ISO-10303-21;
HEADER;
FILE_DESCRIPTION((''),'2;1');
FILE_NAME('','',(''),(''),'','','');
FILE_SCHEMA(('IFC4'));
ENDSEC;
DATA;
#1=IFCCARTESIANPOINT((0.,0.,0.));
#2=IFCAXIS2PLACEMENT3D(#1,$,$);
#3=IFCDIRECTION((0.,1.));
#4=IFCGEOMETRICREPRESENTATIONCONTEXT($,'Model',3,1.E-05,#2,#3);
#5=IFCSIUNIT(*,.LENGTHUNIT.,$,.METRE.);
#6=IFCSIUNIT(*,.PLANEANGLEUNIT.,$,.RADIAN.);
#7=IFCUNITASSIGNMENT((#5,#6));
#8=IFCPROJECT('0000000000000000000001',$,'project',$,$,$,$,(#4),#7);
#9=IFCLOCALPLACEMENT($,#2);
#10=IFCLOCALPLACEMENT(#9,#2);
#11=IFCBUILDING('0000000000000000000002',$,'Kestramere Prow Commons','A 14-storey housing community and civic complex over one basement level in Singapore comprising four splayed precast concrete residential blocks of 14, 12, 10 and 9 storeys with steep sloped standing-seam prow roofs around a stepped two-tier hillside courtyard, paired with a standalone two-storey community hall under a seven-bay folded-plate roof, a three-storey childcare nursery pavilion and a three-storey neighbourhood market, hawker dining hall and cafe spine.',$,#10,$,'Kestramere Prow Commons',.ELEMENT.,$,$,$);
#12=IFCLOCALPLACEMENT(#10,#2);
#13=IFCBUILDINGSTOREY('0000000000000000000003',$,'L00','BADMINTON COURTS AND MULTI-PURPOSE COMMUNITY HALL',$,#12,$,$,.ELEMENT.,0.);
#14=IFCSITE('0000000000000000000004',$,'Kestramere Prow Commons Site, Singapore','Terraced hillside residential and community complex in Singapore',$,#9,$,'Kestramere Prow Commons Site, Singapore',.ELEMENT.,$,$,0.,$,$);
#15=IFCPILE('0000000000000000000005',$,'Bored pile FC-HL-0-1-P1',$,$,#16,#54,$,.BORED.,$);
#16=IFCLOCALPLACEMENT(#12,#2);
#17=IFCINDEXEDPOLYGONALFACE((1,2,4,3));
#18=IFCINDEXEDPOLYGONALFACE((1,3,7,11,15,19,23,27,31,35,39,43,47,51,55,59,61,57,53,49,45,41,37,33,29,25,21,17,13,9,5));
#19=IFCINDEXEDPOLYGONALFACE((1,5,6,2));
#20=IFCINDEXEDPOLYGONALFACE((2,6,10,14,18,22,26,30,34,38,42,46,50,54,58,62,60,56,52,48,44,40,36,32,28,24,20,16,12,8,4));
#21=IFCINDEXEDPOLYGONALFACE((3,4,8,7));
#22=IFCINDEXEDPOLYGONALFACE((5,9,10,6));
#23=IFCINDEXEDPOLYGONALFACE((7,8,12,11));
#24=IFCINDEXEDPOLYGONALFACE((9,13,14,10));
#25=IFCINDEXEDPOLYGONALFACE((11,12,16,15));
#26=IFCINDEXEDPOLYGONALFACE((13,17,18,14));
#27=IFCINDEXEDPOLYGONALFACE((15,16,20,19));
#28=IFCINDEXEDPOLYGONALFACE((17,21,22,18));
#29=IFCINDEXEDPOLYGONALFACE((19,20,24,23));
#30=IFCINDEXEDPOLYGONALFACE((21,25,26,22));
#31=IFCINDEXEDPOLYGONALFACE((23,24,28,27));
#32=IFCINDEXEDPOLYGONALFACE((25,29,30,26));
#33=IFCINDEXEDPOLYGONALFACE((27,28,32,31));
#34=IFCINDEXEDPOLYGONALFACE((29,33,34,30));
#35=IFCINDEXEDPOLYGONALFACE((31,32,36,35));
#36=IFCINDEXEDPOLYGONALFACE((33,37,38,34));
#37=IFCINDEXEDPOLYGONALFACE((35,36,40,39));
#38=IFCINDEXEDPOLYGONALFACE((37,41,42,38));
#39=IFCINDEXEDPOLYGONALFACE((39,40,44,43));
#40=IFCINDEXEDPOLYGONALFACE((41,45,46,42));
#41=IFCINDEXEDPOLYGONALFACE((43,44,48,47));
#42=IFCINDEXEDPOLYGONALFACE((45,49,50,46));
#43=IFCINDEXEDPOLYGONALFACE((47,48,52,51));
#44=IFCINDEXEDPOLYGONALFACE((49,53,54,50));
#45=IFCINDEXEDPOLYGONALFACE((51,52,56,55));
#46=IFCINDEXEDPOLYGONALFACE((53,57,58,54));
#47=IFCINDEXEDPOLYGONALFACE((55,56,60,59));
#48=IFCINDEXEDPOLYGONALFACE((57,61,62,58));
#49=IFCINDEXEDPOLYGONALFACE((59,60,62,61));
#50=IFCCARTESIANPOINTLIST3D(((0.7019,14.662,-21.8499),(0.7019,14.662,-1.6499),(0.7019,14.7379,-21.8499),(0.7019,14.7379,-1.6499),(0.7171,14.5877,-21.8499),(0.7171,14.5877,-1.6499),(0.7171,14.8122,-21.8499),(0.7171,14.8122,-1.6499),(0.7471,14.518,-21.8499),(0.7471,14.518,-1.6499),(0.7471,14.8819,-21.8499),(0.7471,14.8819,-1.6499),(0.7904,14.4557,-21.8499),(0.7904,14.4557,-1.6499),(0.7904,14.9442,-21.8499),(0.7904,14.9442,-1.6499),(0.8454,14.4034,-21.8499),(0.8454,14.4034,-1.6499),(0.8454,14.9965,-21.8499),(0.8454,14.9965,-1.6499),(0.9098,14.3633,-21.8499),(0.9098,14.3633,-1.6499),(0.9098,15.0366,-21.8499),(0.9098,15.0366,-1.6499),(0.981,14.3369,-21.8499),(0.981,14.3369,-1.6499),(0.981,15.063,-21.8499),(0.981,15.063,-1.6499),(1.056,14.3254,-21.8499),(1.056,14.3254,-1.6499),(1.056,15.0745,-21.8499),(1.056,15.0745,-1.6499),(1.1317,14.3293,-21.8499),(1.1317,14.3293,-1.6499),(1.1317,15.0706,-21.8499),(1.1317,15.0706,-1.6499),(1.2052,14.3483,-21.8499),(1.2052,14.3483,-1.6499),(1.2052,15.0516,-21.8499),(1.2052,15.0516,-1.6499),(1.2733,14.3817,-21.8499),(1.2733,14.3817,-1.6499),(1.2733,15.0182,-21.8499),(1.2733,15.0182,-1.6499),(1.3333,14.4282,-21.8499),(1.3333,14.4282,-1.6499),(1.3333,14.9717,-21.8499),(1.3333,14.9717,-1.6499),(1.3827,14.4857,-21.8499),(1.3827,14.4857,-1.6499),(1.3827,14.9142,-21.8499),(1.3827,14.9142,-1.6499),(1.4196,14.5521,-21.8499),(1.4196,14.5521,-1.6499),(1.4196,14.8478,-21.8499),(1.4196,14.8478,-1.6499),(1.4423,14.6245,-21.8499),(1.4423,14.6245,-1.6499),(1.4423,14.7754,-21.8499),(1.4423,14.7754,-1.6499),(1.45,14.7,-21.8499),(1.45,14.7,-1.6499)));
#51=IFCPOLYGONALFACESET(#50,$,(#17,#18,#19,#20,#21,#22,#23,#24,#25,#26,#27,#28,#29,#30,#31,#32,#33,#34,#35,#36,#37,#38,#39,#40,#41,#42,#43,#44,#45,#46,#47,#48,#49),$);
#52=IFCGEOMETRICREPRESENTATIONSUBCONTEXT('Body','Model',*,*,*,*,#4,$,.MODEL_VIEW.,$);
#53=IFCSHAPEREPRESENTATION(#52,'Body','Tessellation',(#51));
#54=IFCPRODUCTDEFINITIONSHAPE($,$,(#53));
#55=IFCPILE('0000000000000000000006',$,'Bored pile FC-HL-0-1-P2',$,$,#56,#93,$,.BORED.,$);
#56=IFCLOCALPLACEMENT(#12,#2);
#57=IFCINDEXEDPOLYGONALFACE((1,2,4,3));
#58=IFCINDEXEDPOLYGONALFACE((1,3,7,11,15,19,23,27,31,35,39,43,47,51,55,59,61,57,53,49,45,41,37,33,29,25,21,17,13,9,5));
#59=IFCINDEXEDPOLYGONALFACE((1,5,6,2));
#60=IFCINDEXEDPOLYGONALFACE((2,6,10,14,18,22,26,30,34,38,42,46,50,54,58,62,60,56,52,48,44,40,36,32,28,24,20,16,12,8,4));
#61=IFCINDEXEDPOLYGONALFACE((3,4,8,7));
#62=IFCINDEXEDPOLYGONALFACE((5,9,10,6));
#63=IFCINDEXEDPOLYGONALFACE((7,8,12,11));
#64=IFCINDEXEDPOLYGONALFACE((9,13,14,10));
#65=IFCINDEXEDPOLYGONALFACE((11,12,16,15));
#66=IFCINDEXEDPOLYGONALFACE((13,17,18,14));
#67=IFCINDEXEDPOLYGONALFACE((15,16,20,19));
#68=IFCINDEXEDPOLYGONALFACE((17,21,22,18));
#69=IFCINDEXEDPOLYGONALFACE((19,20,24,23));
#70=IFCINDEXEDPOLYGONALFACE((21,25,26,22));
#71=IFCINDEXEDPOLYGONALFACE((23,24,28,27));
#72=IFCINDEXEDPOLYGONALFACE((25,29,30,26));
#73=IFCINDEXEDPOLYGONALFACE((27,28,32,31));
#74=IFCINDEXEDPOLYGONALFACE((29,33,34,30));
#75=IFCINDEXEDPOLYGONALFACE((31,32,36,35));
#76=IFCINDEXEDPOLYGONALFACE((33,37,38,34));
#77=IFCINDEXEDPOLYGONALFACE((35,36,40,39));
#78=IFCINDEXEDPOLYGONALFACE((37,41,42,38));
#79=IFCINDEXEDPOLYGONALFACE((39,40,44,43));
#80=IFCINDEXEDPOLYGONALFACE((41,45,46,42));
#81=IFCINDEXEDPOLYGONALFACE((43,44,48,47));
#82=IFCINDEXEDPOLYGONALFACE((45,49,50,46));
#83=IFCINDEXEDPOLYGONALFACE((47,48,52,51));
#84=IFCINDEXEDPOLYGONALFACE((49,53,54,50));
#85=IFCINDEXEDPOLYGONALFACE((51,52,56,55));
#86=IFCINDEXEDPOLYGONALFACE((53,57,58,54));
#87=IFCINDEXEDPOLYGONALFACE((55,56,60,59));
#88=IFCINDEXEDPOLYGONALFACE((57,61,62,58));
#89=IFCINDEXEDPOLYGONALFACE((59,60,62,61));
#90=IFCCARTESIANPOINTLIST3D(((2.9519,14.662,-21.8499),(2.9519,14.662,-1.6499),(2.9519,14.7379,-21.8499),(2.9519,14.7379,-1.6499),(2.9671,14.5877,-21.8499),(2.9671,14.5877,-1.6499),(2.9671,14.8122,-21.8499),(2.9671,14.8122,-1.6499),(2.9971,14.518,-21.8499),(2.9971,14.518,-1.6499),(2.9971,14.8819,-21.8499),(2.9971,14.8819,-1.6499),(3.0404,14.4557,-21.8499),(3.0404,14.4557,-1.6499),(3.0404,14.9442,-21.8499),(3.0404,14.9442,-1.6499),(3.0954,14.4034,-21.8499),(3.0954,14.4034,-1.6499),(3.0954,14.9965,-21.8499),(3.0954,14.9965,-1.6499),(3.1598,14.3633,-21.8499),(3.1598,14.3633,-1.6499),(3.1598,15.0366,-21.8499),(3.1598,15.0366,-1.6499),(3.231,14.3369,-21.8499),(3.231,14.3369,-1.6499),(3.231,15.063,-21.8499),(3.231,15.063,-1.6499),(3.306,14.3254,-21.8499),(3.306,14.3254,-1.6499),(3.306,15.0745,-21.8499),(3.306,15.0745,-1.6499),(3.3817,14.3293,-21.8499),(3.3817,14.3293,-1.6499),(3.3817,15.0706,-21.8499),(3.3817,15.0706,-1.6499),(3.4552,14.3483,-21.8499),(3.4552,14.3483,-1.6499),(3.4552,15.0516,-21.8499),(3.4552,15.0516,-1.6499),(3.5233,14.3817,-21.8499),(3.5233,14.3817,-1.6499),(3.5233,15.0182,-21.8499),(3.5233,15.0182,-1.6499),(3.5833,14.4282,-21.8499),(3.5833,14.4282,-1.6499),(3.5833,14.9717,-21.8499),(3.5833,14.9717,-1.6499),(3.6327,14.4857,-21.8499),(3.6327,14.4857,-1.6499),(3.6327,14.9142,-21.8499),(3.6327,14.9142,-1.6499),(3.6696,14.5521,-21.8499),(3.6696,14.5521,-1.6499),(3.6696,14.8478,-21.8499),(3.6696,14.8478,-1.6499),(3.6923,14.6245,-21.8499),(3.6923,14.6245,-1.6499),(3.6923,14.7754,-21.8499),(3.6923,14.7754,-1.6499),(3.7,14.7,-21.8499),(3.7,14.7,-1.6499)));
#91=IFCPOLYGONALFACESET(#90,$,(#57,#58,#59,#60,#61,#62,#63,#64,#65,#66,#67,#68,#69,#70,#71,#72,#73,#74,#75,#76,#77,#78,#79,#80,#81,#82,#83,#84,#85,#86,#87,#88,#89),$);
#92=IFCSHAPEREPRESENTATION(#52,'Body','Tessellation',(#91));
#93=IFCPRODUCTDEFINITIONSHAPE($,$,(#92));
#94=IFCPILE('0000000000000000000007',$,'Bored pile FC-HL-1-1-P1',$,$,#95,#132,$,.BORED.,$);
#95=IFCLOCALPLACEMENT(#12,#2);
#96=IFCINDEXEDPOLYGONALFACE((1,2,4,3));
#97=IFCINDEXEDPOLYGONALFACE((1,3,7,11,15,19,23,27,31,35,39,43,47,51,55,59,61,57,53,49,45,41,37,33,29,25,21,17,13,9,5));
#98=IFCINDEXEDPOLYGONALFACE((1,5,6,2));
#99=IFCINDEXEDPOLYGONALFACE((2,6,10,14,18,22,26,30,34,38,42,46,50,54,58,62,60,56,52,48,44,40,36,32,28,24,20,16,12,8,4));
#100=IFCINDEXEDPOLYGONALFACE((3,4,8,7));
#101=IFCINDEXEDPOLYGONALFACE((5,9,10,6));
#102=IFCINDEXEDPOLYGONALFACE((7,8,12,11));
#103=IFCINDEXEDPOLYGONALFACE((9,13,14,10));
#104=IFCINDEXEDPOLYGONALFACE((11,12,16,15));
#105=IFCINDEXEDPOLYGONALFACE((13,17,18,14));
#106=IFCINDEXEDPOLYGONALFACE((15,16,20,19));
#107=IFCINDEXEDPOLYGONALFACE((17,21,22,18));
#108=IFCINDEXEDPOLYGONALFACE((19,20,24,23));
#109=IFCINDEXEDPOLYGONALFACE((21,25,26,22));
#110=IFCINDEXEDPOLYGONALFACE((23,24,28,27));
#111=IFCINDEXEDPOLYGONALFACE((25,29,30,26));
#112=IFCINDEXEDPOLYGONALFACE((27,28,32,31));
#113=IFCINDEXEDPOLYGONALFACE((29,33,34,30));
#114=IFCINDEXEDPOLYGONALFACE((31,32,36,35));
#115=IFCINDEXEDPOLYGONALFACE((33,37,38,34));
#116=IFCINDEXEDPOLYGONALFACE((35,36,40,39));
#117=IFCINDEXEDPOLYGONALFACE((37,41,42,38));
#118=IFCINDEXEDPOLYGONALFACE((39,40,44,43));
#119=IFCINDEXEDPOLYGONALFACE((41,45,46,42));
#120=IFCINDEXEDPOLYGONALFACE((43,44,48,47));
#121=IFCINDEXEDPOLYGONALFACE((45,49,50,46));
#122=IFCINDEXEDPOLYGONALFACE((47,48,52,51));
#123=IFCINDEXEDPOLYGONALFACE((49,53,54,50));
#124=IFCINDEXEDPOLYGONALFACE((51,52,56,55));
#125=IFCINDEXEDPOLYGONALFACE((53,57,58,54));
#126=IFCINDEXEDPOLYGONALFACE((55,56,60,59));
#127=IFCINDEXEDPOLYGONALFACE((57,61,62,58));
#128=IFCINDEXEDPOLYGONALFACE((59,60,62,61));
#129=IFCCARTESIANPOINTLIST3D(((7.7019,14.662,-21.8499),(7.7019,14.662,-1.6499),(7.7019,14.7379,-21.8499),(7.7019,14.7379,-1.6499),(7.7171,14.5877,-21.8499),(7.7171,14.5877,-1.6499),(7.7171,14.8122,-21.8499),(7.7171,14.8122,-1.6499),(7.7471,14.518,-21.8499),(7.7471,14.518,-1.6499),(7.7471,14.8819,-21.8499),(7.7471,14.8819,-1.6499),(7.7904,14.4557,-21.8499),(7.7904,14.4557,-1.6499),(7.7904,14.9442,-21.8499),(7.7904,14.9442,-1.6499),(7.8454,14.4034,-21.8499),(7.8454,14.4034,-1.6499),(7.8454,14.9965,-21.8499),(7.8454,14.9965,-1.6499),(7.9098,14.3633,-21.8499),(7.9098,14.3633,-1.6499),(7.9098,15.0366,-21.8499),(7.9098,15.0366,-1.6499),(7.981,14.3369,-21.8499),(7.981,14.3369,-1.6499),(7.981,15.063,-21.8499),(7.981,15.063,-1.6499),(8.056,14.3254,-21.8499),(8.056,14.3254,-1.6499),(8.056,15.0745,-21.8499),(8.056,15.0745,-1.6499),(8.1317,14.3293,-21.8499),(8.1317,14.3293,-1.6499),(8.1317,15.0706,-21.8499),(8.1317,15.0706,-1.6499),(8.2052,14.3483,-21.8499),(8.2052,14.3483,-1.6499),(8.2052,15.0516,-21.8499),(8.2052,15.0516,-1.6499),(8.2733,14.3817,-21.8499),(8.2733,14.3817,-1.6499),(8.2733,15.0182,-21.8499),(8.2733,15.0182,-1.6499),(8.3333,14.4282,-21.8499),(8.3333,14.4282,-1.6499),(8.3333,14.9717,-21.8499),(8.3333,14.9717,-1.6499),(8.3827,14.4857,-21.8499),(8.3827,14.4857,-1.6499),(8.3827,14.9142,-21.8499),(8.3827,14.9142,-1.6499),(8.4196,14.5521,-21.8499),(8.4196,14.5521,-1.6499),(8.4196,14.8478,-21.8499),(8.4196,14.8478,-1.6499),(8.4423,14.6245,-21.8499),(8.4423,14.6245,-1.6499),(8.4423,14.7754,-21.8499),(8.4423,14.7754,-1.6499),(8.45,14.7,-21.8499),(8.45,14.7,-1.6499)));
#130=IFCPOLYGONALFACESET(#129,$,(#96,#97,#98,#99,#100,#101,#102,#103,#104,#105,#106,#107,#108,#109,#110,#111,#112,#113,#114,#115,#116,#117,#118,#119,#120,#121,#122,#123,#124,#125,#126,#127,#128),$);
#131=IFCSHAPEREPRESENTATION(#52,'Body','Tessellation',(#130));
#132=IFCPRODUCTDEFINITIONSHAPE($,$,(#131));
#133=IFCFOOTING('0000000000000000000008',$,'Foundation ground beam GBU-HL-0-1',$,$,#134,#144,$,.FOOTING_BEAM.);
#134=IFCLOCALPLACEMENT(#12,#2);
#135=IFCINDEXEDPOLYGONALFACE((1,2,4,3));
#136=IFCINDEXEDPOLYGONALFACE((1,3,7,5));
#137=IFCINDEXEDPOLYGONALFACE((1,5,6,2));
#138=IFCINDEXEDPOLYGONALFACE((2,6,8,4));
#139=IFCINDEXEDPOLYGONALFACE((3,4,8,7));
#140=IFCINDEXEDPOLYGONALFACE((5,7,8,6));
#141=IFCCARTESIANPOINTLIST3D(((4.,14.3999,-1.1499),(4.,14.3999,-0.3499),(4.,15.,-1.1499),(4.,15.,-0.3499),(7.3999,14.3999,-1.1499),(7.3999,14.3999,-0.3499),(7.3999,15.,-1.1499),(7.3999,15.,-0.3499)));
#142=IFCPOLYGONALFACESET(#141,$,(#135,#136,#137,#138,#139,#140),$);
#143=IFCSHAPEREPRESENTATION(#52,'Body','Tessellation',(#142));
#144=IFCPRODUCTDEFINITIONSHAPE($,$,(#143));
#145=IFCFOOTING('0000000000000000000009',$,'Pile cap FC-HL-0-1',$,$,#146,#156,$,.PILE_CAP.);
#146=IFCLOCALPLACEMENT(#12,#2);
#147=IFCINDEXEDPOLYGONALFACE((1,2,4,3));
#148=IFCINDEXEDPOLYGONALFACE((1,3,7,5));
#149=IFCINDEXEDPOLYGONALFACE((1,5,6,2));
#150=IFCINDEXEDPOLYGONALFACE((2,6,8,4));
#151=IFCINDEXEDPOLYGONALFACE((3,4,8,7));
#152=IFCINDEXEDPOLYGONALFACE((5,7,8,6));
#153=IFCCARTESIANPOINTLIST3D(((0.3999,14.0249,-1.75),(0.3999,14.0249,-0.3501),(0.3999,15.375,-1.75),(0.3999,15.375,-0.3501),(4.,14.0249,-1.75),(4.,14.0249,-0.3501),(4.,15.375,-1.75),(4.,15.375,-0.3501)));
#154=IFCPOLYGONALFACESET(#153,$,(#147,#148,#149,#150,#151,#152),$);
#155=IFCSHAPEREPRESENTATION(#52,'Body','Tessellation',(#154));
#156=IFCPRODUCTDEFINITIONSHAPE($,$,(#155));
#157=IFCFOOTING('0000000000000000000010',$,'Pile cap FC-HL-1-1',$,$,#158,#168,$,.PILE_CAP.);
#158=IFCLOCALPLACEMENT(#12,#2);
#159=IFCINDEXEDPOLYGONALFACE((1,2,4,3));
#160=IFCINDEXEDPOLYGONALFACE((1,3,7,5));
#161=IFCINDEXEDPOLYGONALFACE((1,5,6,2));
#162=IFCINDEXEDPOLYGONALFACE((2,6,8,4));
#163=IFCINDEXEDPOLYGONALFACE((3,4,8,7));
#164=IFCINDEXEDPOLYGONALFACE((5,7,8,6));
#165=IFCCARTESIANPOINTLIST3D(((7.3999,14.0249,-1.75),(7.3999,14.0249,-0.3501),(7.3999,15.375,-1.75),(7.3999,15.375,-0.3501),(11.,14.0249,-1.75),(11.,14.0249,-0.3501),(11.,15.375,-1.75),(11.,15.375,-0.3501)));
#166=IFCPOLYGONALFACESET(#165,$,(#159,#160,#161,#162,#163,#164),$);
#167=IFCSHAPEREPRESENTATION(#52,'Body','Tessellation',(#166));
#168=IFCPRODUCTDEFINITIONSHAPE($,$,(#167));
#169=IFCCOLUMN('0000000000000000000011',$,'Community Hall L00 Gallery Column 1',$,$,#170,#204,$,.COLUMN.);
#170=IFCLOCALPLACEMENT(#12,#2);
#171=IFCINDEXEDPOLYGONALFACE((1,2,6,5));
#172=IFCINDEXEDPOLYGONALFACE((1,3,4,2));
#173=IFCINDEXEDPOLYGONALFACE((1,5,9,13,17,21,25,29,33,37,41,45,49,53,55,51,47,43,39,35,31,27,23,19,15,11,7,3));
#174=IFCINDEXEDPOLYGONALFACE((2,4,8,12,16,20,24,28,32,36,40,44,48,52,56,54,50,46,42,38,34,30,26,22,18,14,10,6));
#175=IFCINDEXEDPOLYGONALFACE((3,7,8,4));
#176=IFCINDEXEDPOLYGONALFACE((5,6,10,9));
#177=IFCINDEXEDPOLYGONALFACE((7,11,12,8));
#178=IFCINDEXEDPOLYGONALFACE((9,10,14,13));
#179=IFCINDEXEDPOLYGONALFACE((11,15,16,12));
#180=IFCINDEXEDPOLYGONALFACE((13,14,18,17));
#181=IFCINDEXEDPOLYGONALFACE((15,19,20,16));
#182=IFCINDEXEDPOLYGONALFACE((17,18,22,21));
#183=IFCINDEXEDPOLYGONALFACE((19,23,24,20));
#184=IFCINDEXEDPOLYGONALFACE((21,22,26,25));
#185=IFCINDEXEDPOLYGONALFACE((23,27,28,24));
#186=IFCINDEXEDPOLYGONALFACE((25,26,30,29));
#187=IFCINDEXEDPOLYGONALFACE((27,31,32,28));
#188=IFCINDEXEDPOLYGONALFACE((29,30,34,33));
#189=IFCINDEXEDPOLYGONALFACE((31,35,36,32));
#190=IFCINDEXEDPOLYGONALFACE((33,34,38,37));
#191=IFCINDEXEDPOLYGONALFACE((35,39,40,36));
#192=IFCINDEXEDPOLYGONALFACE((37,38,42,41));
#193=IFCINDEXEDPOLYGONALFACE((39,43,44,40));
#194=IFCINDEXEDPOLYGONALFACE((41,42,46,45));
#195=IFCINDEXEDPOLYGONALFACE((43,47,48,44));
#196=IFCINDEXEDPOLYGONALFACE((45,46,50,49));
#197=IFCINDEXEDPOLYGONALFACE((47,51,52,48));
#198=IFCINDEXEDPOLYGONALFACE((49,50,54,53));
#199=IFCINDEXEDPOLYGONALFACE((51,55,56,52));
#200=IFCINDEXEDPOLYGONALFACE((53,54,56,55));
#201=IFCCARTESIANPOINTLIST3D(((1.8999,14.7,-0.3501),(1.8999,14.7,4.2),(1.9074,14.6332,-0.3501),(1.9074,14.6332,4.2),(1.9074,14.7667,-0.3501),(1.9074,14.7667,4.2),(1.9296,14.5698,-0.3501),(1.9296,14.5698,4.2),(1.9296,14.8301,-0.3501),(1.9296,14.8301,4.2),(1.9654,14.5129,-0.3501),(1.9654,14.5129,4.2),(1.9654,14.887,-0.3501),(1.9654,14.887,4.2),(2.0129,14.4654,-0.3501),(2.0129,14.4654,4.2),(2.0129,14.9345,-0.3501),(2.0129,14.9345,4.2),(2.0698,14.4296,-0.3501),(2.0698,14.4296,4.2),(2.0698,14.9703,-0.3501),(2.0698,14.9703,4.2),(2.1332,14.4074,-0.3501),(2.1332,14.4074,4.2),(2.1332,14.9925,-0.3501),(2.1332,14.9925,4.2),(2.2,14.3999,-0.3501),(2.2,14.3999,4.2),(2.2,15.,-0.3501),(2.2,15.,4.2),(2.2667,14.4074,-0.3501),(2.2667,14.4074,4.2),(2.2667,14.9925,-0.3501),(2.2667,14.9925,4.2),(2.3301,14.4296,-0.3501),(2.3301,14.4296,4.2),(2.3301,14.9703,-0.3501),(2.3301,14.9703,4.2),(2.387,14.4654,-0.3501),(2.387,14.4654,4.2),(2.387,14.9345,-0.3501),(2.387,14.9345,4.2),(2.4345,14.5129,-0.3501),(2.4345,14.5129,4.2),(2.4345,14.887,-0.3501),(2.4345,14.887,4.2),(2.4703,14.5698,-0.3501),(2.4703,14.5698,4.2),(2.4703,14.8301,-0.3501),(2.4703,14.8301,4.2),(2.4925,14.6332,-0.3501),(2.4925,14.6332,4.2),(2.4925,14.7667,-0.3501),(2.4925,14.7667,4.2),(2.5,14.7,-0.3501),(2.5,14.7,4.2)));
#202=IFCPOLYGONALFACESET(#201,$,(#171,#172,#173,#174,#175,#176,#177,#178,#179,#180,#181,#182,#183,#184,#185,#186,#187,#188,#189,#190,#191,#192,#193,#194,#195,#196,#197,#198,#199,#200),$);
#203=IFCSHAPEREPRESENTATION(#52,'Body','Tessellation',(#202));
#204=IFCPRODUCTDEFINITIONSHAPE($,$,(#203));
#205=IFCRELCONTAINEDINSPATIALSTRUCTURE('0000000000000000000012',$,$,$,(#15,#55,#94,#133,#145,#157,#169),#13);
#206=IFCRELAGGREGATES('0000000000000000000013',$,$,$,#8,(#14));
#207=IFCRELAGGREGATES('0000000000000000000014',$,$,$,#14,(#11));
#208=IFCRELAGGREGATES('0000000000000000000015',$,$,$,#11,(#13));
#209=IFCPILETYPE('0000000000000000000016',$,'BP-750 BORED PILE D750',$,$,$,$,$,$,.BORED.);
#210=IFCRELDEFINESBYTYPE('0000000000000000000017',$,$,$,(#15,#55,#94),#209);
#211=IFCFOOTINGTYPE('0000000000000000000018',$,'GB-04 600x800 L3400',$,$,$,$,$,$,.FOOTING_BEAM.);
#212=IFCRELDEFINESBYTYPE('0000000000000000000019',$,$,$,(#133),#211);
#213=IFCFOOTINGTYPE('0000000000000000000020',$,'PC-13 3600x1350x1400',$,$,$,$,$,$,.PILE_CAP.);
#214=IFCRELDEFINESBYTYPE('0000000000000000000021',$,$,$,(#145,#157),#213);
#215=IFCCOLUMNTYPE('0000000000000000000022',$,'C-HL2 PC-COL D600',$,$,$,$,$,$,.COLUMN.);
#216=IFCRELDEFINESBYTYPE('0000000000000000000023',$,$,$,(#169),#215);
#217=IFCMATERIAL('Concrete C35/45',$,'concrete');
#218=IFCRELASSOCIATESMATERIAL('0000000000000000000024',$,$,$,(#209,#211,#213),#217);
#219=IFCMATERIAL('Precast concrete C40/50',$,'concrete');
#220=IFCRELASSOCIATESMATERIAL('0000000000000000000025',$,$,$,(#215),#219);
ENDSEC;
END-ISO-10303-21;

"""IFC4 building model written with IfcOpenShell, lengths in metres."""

from ifc_helpers import new_model, si_unit, direction, frame, origin, origin_2d, place, context, subcontext, project, spatial, rectangle, circle, extrude, material, material_profile, profile_set, type_object, element, save


model = new_model("IFC4")

# Units and contexts
model_context = context("Model", 3, precision=1e-05, world=origin(), true_north=direction((0.0, 1.0)))
body_context = subcontext(model_context, "Body", "Model", "MODEL_VIEW")
ifc_project = project(units=[si_unit("LENGTHUNIT", "METRE"), si_unit("PLANEANGLEUNIT", "RADIAN")], contexts=[model_context])

# Site, building, storey
site_placement = place(None, origin())
site = spatial("IfcSite", under=ifc_project, at=site_placement, Name="Kestramere Prow Commons Site, Singapore", Description="Terraced hillside residential and community complex in Singapore", LongName="Kestramere Prow Commons Site, Singapore", CompositionType="ELEMENT", RefElevation=0.0)
building_placement = place(site_placement, origin())
building = spatial("IfcBuilding", under=site, at=building_placement, Name="Kestramere Prow Commons", Description="A 14-storey housing community and civic complex over one basement level in Singapore comprising four splayed precast concrete residential blocks of 14, 12, 10 and 9 storeys with steep sloped standing-seam prow roofs around a stepped two-tier hillside courtyard, paired with a standalone two-storey community hall under a seven-bay folded-plate roof, a three-storey childcare nursery pavilion and a three-storey neighbourhood market, hawker dining hall and cafe spine.", LongName="Kestramere Prow Commons", CompositionType="ELEMENT")
storey_placement = place(building_placement, origin())
storey = spatial("IfcBuildingStorey", under=building, at=storey_placement, Name="L00", Description="BADMINTON COURTS AND MULTI-PURPOSE COMMUNITY HALL", CompositionType="ELEMENT", Elevation=0.0)

# Piles
ifc_material_1 = material(Name="Concrete C35/45", Category="concrete")
ifc_material_profile_1 = material_profile(ifc_material_1, circle(Radius=0.375, at=origin_2d()), Name="BORED PILE D750")
ifc_profile_set_1 = profile_set([ifc_material_profile_1], Name="Concrete C35/45")
pile_type = type_object("IfcPileType", Name="BP-750 BORED PILE D750", PredefinedType="BORED", material=ifc_profile_set_1)
for number, where, z_axis, x_axis, name in (
    (1, (1.075, 14.7, -1.6499), (0.0, 0.0, -1.0), (1.0, 0.0, 0.0), "Bored pile FC-HL-0-1-P1"),
    (2, (3.325, 14.7, -1.6499), (0.0, 0.0, -1.0), (1.0, 0.0, 0.0), "Bored pile FC-HL-0-1-P2"),
    (3, (8.075, 14.7, -1.6499), (0.0, 0.0, -1.0), (1.0, 0.0, 0.0), "Bored pile FC-HL-1-1-P1"),
):
    element("IfcPile", number, at=place(storey_placement, frame(where, z_axis=z_axis, x_axis=x_axis)), inside=storey, type_object=pile_type, Name=name, PredefinedType="BORED", context=body_context, shape_type="SweptSolid", body=[
        extrude(circle(Radius=0.375, at=origin_2d()), origin(), (0.0, 0.0, 1.0), 20.2),
    ])

# Footings
footing_type_1 = type_object("IfcFootingType", Name="GB-04 600x800 L3400", PredefinedType="FOOTING_BEAM", material=ifc_material_1)
footing_placement = place(storey_placement, frame((5.7, 14.7, -1.1499), z_axis=(0.0, 0.0, 1.0), x_axis=(1.0, 0.0, 0.0)))
element("IfcFooting", 4, at=footing_placement, inside=storey, type_object=footing_type_1, Name="Foundation ground beam GBU-HL-0-1", PredefinedType="FOOTING_BEAM", context=body_context, shape_type="SweptSolid", body=[
    extrude(rectangle(XDim=3.3999, YDim=0.6001, at=origin_2d()), origin(), (0.0, 0.0, 1.0), 0.8),
])
footing_type_2 = type_object("IfcFootingType", Name="PC-13 3600x1350x1400", PredefinedType="PILE_CAP", material=ifc_material_1)
for number, where, z_axis, x_axis, name in (
    (5, (2.2, 14.7, -1.75), (0.0, 0.0, 1.0), (1.0, 0.0, 0.0), "Pile cap FC-HL-0-1"),
    (6, (9.2, 14.7, -1.75), (0.0, 0.0, 1.0), (1.0, 0.0, 0.0), "Pile cap FC-HL-1-1"),
):
    element("IfcFooting", number, at=place(storey_placement, frame(where, z_axis=z_axis, x_axis=x_axis)), inside=storey, type_object=footing_type_2, Name=name, PredefinedType="PILE_CAP", context=body_context, shape_type="SweptSolid", body=[
        extrude(rectangle(XDim=3.6001, YDim=1.3501, at=origin_2d()), origin(), (0.0, 0.0, 1.0), 1.3999),
    ])

# Column
ifc_material_2 = material(Name="Precast concrete C40/50", Category="concrete")
ifc_material_profile_2 = material_profile(ifc_material_2, circle(Radius=0.3, at=origin_2d()), Name="PC-COL D600")
ifc_profile_set_2 = profile_set([ifc_material_profile_2], Name="Precast concrete C40/50")
column_type = type_object("IfcColumnType", Name="C-HL2 PC-COL D600", PredefinedType="COLUMN", material=ifc_profile_set_2)
for number, where, z_axis, x_axis, name in (
    (7, (2.2, 14.7, -0.3501), (0.0, 0.0, 1.0), (1.0, 0.0, 0.0), "Community Hall L00 Gallery Column 1"),
):
    element("IfcColumn", number, at=place(storey_placement, frame(where, z_axis=z_axis, x_axis=x_axis)), inside=storey, type_object=column_type, Name=name, PredefinedType="COLUMN", context=body_context, shape_type="SweptSolid", body=[
        extrude(circle(Radius=0.3, at=origin_2d()), origin(), (0.0, 0.0, 1.0), 4.55),
    ])

save(model, "model.ifc")
